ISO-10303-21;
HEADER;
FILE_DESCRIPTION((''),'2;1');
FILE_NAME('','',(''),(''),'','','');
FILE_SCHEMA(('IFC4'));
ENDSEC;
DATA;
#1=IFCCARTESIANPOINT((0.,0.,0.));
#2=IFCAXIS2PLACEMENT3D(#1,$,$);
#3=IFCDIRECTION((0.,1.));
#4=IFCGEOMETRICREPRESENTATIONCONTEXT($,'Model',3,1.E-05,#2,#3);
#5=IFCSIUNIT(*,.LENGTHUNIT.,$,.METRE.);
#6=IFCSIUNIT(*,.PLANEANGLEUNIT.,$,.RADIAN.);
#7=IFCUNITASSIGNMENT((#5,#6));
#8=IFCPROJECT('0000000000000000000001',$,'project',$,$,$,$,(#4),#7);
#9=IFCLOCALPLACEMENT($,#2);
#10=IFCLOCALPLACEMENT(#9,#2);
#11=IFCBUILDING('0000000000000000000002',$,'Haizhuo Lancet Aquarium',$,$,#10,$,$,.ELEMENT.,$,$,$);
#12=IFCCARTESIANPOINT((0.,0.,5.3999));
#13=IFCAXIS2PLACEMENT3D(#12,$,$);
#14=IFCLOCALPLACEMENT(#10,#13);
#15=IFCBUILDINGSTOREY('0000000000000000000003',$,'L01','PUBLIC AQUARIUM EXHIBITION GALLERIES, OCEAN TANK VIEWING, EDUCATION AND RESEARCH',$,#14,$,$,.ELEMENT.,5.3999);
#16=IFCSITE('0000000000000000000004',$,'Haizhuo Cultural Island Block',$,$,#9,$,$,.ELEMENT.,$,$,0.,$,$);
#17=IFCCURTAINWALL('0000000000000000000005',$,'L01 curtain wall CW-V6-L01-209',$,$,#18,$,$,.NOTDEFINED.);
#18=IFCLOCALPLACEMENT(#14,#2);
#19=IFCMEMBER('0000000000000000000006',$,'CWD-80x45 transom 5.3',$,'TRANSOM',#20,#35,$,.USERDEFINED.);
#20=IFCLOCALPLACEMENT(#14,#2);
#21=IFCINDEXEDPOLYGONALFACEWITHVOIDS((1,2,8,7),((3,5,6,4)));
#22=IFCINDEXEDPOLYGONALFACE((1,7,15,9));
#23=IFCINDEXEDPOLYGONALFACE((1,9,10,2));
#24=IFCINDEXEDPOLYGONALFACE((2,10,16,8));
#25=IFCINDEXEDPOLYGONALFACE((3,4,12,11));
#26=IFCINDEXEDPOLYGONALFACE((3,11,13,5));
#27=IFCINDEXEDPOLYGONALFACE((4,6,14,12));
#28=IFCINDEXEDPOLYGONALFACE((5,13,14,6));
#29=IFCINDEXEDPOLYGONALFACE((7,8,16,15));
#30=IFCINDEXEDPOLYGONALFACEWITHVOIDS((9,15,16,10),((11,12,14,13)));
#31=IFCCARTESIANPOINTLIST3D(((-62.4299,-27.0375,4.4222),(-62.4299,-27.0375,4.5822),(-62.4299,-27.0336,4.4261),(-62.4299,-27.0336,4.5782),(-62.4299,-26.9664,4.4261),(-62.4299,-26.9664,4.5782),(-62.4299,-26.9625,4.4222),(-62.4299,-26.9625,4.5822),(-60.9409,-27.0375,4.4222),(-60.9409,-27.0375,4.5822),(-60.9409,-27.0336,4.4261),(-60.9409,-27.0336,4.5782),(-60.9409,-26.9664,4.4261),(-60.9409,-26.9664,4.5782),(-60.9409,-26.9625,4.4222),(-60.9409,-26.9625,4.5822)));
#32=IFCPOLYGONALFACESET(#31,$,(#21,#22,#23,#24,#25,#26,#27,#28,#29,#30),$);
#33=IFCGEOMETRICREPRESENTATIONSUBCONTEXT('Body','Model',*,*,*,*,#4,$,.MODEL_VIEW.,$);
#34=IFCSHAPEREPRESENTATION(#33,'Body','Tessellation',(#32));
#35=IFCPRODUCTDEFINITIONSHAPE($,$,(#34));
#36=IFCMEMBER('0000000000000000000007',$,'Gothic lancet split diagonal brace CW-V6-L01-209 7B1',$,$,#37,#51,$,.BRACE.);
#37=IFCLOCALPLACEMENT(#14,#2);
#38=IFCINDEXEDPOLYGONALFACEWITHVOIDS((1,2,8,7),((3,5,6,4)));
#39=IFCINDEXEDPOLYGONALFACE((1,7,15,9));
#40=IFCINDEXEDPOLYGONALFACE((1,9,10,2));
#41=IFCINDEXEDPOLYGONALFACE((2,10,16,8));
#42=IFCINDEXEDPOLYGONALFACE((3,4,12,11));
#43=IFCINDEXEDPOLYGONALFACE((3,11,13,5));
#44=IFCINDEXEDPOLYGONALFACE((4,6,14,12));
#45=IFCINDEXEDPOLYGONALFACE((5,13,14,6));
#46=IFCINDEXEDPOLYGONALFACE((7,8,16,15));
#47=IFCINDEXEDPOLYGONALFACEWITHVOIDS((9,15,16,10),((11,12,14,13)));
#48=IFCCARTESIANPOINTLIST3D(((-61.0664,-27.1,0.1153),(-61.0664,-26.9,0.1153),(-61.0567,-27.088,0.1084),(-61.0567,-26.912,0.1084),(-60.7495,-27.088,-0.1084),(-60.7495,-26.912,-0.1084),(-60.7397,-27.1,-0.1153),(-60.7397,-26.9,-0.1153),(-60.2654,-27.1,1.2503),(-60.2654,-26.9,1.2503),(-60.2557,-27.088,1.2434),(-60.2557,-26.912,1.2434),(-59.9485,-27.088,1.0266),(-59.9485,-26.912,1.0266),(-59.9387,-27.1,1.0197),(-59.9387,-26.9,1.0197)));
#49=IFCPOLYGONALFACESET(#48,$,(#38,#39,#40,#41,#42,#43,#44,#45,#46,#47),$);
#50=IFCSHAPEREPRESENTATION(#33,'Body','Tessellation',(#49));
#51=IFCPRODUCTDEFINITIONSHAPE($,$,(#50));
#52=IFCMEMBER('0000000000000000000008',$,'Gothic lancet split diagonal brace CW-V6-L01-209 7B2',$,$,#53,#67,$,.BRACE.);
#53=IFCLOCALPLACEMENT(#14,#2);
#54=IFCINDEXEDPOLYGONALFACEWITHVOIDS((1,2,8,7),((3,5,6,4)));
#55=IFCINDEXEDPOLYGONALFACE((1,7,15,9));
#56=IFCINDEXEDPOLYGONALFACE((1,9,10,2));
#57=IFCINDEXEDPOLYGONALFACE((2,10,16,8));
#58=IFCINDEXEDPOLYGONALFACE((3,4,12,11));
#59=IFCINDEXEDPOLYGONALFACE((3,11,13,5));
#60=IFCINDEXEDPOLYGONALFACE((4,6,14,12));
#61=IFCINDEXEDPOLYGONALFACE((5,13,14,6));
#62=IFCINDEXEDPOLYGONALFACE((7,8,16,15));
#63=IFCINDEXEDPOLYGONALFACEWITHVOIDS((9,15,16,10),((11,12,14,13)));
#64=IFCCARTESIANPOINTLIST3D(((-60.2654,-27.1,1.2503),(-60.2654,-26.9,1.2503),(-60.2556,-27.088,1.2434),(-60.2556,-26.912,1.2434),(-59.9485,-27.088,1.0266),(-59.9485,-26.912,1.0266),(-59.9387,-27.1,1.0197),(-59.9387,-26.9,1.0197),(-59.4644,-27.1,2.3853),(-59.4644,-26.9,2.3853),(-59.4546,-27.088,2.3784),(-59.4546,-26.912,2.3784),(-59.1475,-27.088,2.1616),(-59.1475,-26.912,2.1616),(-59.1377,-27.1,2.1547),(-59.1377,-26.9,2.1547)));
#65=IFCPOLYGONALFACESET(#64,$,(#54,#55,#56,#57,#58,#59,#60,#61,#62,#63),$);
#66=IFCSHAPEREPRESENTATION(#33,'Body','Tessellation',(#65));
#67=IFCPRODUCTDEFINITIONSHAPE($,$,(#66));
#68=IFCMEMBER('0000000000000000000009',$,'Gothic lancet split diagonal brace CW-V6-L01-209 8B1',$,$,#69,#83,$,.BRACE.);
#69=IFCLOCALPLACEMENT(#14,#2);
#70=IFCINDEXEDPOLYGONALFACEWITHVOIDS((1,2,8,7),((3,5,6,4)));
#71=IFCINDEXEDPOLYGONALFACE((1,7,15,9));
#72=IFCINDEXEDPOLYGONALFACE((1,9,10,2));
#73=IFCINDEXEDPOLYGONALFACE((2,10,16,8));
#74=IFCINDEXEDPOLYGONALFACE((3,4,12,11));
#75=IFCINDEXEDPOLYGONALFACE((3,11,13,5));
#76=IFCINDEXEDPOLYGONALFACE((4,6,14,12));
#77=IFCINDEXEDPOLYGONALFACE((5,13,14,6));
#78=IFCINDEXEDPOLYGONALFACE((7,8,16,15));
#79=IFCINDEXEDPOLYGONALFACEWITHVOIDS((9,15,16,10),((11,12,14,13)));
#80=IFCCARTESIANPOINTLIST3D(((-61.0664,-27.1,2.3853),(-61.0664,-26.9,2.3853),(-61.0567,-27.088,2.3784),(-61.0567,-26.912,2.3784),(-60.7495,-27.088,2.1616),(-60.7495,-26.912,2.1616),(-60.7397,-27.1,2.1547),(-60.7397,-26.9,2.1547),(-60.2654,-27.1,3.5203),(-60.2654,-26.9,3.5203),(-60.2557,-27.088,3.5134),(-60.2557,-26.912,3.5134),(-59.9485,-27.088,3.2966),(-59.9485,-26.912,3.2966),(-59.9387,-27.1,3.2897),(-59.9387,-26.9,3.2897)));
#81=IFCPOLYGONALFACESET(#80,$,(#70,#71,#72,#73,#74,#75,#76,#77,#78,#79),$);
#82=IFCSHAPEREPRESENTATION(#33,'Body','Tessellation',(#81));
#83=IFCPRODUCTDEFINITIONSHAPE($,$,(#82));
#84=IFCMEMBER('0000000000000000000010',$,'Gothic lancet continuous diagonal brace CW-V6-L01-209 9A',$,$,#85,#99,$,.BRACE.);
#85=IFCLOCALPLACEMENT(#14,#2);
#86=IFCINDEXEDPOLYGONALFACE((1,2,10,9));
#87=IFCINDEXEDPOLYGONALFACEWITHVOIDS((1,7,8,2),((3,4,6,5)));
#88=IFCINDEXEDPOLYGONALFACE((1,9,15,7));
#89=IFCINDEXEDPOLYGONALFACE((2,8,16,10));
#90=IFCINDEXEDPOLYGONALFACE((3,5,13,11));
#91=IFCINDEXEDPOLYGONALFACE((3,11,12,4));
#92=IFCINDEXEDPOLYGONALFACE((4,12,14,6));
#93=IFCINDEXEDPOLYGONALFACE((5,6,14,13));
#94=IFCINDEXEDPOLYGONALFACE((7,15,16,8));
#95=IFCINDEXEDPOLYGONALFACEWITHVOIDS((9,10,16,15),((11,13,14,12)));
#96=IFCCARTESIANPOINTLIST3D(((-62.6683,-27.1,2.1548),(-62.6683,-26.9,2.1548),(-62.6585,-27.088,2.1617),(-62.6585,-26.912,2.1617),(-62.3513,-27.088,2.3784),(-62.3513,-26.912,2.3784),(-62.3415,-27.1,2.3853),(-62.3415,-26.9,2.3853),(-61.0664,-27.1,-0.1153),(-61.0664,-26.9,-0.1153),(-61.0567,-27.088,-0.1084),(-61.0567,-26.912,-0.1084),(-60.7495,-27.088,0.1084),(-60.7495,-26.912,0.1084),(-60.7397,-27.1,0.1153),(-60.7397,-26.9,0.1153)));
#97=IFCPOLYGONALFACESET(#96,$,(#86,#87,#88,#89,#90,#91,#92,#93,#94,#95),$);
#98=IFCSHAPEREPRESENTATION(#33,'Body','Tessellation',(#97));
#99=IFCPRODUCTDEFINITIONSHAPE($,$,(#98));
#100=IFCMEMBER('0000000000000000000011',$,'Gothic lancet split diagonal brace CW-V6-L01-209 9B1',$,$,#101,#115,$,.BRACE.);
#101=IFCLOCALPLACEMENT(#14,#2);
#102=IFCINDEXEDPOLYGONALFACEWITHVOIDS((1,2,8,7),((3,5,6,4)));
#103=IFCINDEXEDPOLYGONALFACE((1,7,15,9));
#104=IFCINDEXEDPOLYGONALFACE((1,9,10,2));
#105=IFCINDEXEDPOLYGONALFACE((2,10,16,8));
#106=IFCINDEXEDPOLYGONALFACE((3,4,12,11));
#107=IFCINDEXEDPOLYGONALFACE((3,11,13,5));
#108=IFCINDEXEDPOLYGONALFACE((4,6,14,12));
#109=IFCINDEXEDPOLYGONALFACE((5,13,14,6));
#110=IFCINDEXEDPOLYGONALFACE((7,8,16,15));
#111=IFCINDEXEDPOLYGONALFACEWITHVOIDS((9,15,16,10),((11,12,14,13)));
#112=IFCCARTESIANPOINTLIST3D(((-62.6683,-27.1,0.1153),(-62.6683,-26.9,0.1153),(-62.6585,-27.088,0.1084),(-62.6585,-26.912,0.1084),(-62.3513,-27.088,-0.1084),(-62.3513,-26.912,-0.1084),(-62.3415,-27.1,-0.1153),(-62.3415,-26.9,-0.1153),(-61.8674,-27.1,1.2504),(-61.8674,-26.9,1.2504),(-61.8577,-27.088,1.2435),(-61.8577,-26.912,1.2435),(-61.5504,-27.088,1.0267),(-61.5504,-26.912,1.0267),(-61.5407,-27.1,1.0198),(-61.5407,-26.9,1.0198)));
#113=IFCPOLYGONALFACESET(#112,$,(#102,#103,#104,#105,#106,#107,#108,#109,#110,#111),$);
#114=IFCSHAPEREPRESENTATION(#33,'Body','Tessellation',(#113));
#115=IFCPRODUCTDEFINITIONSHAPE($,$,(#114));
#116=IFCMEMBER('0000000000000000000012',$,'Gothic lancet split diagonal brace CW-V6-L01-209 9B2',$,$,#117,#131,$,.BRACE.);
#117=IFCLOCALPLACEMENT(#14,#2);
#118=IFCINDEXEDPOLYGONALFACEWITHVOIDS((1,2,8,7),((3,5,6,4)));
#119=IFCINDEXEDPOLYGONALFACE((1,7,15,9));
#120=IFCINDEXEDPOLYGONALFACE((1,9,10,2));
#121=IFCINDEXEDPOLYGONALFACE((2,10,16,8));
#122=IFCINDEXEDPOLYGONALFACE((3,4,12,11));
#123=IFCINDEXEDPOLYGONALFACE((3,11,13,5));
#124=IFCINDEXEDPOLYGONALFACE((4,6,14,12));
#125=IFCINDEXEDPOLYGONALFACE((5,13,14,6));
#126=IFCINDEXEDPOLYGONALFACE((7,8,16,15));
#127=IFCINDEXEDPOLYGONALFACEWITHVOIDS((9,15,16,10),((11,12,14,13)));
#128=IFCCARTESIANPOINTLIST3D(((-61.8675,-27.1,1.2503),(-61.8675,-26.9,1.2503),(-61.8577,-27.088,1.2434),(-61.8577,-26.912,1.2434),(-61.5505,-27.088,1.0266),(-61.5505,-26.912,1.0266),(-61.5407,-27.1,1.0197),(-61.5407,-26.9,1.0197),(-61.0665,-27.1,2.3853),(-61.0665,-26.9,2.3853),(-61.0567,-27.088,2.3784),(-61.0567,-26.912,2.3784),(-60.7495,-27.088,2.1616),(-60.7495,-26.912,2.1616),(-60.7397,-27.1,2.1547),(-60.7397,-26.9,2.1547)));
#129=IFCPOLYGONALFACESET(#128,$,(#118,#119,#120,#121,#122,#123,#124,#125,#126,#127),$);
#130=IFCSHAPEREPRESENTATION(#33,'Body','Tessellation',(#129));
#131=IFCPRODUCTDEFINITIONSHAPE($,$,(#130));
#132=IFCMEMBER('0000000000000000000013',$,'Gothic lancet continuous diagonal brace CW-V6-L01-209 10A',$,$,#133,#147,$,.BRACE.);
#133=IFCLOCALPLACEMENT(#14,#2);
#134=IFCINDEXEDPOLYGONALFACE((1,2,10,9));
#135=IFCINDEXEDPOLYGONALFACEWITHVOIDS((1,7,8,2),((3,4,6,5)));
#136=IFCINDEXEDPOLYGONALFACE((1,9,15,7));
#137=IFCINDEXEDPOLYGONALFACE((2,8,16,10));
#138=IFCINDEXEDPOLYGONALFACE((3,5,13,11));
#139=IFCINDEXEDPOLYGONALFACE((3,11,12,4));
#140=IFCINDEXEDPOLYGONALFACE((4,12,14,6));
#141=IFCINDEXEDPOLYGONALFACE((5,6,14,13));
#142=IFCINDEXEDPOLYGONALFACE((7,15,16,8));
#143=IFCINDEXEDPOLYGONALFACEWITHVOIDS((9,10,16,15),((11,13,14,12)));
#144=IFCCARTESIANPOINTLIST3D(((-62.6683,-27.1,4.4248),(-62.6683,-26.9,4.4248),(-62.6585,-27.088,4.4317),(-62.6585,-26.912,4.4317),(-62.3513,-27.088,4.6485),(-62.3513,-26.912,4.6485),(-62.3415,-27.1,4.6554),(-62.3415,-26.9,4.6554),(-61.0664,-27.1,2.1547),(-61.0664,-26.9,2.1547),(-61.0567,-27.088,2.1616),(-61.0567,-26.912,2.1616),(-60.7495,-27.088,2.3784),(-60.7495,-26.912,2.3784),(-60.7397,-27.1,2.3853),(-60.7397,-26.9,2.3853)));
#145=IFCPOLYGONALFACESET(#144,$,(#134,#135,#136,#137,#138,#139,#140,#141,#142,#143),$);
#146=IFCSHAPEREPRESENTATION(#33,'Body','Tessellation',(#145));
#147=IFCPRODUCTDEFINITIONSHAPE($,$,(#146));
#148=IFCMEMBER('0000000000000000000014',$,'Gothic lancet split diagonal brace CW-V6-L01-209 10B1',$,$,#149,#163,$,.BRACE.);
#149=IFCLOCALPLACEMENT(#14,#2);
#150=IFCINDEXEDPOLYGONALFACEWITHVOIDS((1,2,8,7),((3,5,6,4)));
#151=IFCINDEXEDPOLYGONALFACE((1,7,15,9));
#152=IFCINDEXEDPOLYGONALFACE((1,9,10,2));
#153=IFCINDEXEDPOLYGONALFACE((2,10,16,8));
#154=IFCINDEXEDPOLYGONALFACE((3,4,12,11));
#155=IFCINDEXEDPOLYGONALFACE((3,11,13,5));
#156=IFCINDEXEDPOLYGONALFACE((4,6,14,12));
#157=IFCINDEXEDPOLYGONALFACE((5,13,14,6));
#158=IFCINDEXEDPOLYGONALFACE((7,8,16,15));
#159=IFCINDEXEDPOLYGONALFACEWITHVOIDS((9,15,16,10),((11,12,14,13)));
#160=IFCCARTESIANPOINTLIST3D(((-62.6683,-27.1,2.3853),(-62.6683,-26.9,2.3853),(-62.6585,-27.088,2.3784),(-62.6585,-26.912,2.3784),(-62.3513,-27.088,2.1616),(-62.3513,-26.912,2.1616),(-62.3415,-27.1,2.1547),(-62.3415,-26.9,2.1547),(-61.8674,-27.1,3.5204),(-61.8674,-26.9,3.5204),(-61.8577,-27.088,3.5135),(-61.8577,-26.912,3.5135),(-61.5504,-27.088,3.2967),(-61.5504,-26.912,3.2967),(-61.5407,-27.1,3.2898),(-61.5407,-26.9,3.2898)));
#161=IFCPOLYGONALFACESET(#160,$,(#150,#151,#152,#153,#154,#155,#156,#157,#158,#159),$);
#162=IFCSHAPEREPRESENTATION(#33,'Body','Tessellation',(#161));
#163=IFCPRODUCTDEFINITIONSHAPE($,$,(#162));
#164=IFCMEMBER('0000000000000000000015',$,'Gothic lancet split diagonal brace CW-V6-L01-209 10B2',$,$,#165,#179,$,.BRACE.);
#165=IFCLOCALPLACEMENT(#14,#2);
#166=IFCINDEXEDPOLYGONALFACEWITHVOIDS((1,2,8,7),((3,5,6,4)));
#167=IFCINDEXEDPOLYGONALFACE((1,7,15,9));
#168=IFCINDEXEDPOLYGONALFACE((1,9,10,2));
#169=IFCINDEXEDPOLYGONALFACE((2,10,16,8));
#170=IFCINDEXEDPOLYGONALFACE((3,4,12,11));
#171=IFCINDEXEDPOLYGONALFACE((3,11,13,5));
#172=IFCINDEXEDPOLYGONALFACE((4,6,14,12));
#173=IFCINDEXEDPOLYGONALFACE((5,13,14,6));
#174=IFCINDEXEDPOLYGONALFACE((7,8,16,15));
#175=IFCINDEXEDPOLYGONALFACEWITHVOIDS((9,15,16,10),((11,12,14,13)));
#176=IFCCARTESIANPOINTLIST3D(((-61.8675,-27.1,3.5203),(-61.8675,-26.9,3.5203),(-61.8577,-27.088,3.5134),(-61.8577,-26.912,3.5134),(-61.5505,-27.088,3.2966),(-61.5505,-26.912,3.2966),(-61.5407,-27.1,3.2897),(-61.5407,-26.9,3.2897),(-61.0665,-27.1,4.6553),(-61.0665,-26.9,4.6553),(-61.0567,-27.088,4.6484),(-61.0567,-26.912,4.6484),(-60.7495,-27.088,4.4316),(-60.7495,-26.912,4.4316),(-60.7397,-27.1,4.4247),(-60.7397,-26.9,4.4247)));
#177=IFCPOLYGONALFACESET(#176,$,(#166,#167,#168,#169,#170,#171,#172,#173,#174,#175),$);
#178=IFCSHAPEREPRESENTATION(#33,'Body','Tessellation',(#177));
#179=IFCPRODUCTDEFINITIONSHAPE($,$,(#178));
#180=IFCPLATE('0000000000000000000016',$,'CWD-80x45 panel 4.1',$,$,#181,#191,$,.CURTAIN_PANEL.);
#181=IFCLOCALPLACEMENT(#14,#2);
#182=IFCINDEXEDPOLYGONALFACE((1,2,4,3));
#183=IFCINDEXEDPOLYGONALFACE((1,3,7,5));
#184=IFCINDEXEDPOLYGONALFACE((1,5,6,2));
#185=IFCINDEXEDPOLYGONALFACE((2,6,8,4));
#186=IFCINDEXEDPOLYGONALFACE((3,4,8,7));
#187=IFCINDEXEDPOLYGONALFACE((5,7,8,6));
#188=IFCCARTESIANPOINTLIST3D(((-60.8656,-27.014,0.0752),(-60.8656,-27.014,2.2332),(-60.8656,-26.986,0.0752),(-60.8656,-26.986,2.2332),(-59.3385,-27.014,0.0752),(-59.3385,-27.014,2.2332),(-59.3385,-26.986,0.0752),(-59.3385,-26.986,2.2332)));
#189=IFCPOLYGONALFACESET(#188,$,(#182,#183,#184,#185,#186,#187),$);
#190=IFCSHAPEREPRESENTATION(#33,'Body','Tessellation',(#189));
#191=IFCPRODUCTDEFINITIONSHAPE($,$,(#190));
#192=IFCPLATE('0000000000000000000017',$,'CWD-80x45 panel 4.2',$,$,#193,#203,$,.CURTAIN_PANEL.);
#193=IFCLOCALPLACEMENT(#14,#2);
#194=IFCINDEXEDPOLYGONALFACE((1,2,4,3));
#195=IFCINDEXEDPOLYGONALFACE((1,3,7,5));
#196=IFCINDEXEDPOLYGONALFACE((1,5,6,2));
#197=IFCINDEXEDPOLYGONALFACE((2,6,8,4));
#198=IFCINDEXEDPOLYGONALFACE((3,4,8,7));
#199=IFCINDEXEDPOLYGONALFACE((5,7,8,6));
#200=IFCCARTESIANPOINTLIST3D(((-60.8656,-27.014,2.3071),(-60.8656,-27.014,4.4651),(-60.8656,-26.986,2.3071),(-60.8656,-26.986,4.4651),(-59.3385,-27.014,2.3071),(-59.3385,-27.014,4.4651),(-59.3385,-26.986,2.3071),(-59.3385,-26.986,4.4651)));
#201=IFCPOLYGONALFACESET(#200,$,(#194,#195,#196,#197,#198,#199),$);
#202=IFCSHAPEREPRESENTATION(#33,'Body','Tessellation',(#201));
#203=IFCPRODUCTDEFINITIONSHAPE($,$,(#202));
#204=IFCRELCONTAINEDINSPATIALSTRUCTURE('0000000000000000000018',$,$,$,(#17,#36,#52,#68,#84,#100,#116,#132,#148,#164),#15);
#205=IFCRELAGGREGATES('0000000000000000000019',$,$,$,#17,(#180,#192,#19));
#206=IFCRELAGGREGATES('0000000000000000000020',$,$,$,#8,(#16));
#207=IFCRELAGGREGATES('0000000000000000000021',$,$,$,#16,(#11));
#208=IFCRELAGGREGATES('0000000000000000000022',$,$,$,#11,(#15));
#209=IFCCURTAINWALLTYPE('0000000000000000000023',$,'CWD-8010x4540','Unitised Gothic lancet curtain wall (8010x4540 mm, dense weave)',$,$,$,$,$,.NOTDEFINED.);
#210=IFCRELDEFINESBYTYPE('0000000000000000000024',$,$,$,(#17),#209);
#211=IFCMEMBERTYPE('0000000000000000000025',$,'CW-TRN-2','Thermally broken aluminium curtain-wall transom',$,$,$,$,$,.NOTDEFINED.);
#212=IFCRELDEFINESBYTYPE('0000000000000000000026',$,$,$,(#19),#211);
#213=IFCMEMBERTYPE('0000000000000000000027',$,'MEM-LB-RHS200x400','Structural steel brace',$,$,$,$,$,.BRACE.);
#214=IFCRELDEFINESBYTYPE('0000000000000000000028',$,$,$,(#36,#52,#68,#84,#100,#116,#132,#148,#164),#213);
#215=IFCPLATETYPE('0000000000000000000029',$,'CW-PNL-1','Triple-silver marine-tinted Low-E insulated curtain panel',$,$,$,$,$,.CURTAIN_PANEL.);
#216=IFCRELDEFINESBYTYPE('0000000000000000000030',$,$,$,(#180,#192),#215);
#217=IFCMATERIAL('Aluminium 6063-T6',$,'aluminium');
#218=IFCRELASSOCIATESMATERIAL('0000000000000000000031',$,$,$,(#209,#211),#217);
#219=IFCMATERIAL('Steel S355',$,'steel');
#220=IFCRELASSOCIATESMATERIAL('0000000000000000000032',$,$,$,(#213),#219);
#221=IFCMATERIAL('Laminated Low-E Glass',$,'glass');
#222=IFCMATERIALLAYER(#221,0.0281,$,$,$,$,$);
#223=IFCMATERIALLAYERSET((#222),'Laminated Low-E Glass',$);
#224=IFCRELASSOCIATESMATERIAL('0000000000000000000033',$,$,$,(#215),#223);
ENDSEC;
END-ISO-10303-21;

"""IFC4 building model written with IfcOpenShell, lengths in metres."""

from ifc_helpers import new_model, si_unit, direction, frame, origin, origin_2d, place, context, subcontext, project, spatial, rectangle, hollow_rectangle, extrude, material, layer, layer_set, material_profile, profile_set, type_object, element, aggregate, save


model = new_model("IFC4")

# Units and contexts
model_context = context("Model", 3, precision=1e-05, world=origin(), true_north=direction((0.0, 1.0)))
body_context = subcontext(model_context, "Body", "Model", "MODEL_VIEW")
ifc_project = project(units=[si_unit("LENGTHUNIT", "METRE"), si_unit("PLANEANGLEUNIT", "RADIAN")], contexts=[model_context])

# Site, building, storey
site_placement = place(None, origin())
site = spatial("IfcSite", under=ifc_project, at=site_placement, Name="Haizhuo Cultural Island Block", CompositionType="ELEMENT", RefElevation=0.0)
building_placement = place(site_placement, origin())
building = spatial("IfcBuilding", under=site, at=building_placement, Name="Haizhuo Lancet Aquarium", CompositionType="ELEMENT")
storey_placement = place(building_placement, frame((0.0, 0.0, 5.3999)))
storey = spatial("IfcBuildingStorey", under=building, at=storey_placement, Name="L01", Description="PUBLIC AQUARIUM EXHIBITION GALLERIES, OCEAN TANK VIEWING, EDUCATION AND RESEARCH", CompositionType="ELEMENT", Elevation=5.3999)

# Shared definitions
ifc_material_1 = material(Name="Steel S355", Category="steel")

# Curtain wall, member
ifc_material_2 = material(Name="Aluminium 6063-T6", Category="aluminium")
curtain_wall_type = type_object("IfcCurtainWallType", Name="CWD-8010x4540", Description="Unitised Gothic lancet curtain wall (8010x4540 mm, dense weave)", PredefinedType="NOTDEFINED", material=ifc_material_2)
curtain_wall_placement = place(storey_placement, origin())
curtain_wall = element("IfcCurtainWall", 1, at=curtain_wall_placement, inside=storey, type_object=curtain_wall_type, Name="L01 curtain wall CW-V6-L01-209", PredefinedType="NOTDEFINED")
ifc_material_profile_1 = material_profile(ifc_material_2, hollow_rectangle(XDim=0.075, YDim=0.1599, WallThickness=0.0039, at=origin_2d()), Name="ALU-T 75x160x4")
ifc_profile_set_1 = profile_set([ifc_material_profile_1], Name="Aluminium 6063-T6")
member_type_1 = type_object("IfcMemberType", Name="CW-TRN-2", Description="Thermally broken aluminium curtain-wall transom", PredefinedType="NOTDEFINED", material=ifc_profile_set_1)
member_1_placement = place(storey_placement, frame((-60.9409, -27.0, 4.5022), z_axis=(-1.0, 0.0, 0.0), x_axis=(0.0, -1.0, 0.0)))
member_1 = element("IfcMember", 2, at=member_1_placement, type_object=member_type_1, Name="CWD-80x45 transom 5.3", ObjectType="TRANSOM", PredefinedType="USERDEFINED", context=body_context, shape_type="SweptSolid", body=[
    extrude(hollow_rectangle(XDim=0.075, YDim=0.1599, WallThickness=0.0039, at=origin_2d()), origin(), (0.0, 0.0, 1.0), 1.489),
])

# Members
ifc_material_profile_2 = material_profile(ifc_material_1, hollow_rectangle(XDim=0.2, YDim=0.3999, WallThickness=0.012, at=origin_2d()), Name="RHS 200x400x12")
ifc_profile_set_2 = profile_set([ifc_material_profile_2], Name="Steel S355")
member_type_2 = type_object("IfcMemberType", Name="MEM-LB-RHS200x400", Description="Structural steel brace", PredefinedType="BRACE", material=ifc_profile_set_2)
for number, where, z_axis, x_axis, name in (
    (3, (-60.9031, -27.0, 0.0), (0.576607, 0.0, 0.817021), (0.0, 1.0, 0.0), "Gothic lancet split diagonal brace CW-V6-L01-209 7B1"),
    (4, (-60.1021, -27.0, 1.135), (0.576607, 0.0, 0.817021), (0.0, 1.0, 0.0), "Gothic lancet split diagonal brace CW-V6-L01-209 7B2"),
    (5, (-60.9031, -27.0, 2.27), (0.576607, 0.0, 0.817021), (0.0, 1.0, 0.0), "Gothic lancet split diagonal brace CW-V6-L01-209 8B1"),
):
    element("IfcMember", number, at=place(storey_placement, frame(where, z_axis=z_axis, x_axis=x_axis)), inside=storey, type_object=member_type_2, Name=name, PredefinedType="BRACE", context=body_context, shape_type="SweptSolid", body=[
        extrude(hollow_rectangle(XDim=0.2, YDim=0.3999, WallThickness=0.012, at=origin_2d()), origin(), (0.0, 0.0, 1.0), 1.3892),
    ])
member_2_placement = place(storey_placement, frame((-60.9031, -27.0, 0.0), z_axis=(-0.576549, 0.0, 0.817063), x_axis=(0.0, -1.0, 0.0)))
element("IfcMember", 6, at=member_2_placement, inside=storey, type_object=member_type_2, Name="Gothic lancet continuous diagonal brace CW-V6-L01-209 9A", PredefinedType="BRACE", context=body_context, shape_type="SweptSolid", body=[
    extrude(hollow_rectangle(XDim=0.2, YDim=0.3999, WallThickness=0.012, at=origin_2d()), origin(), (0.0, 0.0, 1.0), 2.7783),
])
for number, where, z_axis, x_axis, name in (
    (7, (-62.5049, -27.0, 0.0), (0.57649, 0.0, 0.817104), (0.0, 1.0, 0.0), "Gothic lancet split diagonal brace CW-V6-L01-209 9B1"),
    (8, (-61.7041, -27.0, 1.135), (0.576607, 0.0, 0.817021), (0.0, 1.0, 0.0), "Gothic lancet split diagonal brace CW-V6-L01-209 9B2"),
):
    element("IfcMember", number, at=place(storey_placement, frame(where, z_axis=z_axis, x_axis=x_axis)), inside=storey, type_object=member_type_2, Name=name, PredefinedType="BRACE", context=body_context, shape_type="SweptSolid", body=[
        extrude(hollow_rectangle(XDim=0.2, YDim=0.3999, WallThickness=0.012, at=origin_2d()), origin(), (0.0, 0.0, 1.0), 1.3892),
    ])
member_3_placement = place(storey_placement, frame((-60.9031, -27.0, 2.27), z_axis=(-0.576549, 0.0, 0.817063), x_axis=(0.0, -1.0, 0.0)))
element("IfcMember", 9, at=member_3_placement, inside=storey, type_object=member_type_2, Name="Gothic lancet continuous diagonal brace CW-V6-L01-209 10A", PredefinedType="BRACE", context=body_context, shape_type="SweptSolid", body=[
    extrude(hollow_rectangle(XDim=0.2, YDim=0.3999, WallThickness=0.012, at=origin_2d()), origin(), (0.0, 0.0, 1.0), 2.7783),
])
for number, where, z_axis, x_axis, name in (
    (10, (-62.5049, -27.0, 2.27), (0.57649, 0.0, 0.817104), (0.0, 1.0, 0.0), "Gothic lancet split diagonal brace CW-V6-L01-209 10B1"),
    (11, (-61.7041, -27.0, 3.405), (0.576607, 0.0, 0.817021), (0.0, 1.0, 0.0), "Gothic lancet split diagonal brace CW-V6-L01-209 10B2"),
):
    element("IfcMember", number, at=place(storey_placement, frame(where, z_axis=z_axis, x_axis=x_axis)), inside=storey, type_object=member_type_2, Name=name, PredefinedType="BRACE", context=body_context, shape_type="SweptSolid", body=[
        extrude(hollow_rectangle(XDim=0.2, YDim=0.3999, WallThickness=0.012, at=origin_2d()), origin(), (0.0, 0.0, 1.0), 1.3892),
    ])

# Plates
ifc_material_3 = material(Name="Laminated Low-E Glass", Category="glass")
ifc_layer_1 = layer(ifc_material_3, 0.0281)
ifc_layer_set_1 = layer_set([ifc_layer_1], Name="Laminated Low-E Glass")
plate_type = type_object("IfcPlateType", Name="CW-PNL-1", Description="Triple-silver marine-tinted Low-E insulated curtain panel", PredefinedType="CURTAIN_PANEL", material=ifc_layer_set_1)
plate_1_placement = place(storey_placement, frame((-60.1021, -27.0, 0.0752), z_axis=(0.0, 0.0, 1.0), x_axis=(-1.0, 0.0, 0.0)))
plate_1 = element("IfcPlate", 12, at=plate_1_placement, type_object=plate_type, Name="CWD-80x45 panel 4.1", PredefinedType="CURTAIN_PANEL", context=body_context, shape_type="SweptSolid", body=[
    extrude(rectangle(XDim=1.5271, YDim=0.0281, at=origin_2d()), origin(), (0.0, 0.0, 1.0), 2.158),
])
plate_2_placement = place(storey_placement, frame((-60.1021, -27.0, 2.3071), z_axis=(0.0, 0.0, 1.0), x_axis=(-1.0, 0.0, 0.0)))
plate_2 = element("IfcPlate", 13, at=plate_2_placement, type_object=plate_type, Name="CWD-80x45 panel 4.2", PredefinedType="CURTAIN_PANEL", context=body_context, shape_type="SweptSolid", body=[
    extrude(rectangle(XDim=1.5271, YDim=0.0281, at=origin_2d()), origin(), (0.0, 0.0, 1.0), 2.158),
])
aggregate(curtain_wall, [plate_1, plate_2, member_1])

save(model, "model.ifc")
